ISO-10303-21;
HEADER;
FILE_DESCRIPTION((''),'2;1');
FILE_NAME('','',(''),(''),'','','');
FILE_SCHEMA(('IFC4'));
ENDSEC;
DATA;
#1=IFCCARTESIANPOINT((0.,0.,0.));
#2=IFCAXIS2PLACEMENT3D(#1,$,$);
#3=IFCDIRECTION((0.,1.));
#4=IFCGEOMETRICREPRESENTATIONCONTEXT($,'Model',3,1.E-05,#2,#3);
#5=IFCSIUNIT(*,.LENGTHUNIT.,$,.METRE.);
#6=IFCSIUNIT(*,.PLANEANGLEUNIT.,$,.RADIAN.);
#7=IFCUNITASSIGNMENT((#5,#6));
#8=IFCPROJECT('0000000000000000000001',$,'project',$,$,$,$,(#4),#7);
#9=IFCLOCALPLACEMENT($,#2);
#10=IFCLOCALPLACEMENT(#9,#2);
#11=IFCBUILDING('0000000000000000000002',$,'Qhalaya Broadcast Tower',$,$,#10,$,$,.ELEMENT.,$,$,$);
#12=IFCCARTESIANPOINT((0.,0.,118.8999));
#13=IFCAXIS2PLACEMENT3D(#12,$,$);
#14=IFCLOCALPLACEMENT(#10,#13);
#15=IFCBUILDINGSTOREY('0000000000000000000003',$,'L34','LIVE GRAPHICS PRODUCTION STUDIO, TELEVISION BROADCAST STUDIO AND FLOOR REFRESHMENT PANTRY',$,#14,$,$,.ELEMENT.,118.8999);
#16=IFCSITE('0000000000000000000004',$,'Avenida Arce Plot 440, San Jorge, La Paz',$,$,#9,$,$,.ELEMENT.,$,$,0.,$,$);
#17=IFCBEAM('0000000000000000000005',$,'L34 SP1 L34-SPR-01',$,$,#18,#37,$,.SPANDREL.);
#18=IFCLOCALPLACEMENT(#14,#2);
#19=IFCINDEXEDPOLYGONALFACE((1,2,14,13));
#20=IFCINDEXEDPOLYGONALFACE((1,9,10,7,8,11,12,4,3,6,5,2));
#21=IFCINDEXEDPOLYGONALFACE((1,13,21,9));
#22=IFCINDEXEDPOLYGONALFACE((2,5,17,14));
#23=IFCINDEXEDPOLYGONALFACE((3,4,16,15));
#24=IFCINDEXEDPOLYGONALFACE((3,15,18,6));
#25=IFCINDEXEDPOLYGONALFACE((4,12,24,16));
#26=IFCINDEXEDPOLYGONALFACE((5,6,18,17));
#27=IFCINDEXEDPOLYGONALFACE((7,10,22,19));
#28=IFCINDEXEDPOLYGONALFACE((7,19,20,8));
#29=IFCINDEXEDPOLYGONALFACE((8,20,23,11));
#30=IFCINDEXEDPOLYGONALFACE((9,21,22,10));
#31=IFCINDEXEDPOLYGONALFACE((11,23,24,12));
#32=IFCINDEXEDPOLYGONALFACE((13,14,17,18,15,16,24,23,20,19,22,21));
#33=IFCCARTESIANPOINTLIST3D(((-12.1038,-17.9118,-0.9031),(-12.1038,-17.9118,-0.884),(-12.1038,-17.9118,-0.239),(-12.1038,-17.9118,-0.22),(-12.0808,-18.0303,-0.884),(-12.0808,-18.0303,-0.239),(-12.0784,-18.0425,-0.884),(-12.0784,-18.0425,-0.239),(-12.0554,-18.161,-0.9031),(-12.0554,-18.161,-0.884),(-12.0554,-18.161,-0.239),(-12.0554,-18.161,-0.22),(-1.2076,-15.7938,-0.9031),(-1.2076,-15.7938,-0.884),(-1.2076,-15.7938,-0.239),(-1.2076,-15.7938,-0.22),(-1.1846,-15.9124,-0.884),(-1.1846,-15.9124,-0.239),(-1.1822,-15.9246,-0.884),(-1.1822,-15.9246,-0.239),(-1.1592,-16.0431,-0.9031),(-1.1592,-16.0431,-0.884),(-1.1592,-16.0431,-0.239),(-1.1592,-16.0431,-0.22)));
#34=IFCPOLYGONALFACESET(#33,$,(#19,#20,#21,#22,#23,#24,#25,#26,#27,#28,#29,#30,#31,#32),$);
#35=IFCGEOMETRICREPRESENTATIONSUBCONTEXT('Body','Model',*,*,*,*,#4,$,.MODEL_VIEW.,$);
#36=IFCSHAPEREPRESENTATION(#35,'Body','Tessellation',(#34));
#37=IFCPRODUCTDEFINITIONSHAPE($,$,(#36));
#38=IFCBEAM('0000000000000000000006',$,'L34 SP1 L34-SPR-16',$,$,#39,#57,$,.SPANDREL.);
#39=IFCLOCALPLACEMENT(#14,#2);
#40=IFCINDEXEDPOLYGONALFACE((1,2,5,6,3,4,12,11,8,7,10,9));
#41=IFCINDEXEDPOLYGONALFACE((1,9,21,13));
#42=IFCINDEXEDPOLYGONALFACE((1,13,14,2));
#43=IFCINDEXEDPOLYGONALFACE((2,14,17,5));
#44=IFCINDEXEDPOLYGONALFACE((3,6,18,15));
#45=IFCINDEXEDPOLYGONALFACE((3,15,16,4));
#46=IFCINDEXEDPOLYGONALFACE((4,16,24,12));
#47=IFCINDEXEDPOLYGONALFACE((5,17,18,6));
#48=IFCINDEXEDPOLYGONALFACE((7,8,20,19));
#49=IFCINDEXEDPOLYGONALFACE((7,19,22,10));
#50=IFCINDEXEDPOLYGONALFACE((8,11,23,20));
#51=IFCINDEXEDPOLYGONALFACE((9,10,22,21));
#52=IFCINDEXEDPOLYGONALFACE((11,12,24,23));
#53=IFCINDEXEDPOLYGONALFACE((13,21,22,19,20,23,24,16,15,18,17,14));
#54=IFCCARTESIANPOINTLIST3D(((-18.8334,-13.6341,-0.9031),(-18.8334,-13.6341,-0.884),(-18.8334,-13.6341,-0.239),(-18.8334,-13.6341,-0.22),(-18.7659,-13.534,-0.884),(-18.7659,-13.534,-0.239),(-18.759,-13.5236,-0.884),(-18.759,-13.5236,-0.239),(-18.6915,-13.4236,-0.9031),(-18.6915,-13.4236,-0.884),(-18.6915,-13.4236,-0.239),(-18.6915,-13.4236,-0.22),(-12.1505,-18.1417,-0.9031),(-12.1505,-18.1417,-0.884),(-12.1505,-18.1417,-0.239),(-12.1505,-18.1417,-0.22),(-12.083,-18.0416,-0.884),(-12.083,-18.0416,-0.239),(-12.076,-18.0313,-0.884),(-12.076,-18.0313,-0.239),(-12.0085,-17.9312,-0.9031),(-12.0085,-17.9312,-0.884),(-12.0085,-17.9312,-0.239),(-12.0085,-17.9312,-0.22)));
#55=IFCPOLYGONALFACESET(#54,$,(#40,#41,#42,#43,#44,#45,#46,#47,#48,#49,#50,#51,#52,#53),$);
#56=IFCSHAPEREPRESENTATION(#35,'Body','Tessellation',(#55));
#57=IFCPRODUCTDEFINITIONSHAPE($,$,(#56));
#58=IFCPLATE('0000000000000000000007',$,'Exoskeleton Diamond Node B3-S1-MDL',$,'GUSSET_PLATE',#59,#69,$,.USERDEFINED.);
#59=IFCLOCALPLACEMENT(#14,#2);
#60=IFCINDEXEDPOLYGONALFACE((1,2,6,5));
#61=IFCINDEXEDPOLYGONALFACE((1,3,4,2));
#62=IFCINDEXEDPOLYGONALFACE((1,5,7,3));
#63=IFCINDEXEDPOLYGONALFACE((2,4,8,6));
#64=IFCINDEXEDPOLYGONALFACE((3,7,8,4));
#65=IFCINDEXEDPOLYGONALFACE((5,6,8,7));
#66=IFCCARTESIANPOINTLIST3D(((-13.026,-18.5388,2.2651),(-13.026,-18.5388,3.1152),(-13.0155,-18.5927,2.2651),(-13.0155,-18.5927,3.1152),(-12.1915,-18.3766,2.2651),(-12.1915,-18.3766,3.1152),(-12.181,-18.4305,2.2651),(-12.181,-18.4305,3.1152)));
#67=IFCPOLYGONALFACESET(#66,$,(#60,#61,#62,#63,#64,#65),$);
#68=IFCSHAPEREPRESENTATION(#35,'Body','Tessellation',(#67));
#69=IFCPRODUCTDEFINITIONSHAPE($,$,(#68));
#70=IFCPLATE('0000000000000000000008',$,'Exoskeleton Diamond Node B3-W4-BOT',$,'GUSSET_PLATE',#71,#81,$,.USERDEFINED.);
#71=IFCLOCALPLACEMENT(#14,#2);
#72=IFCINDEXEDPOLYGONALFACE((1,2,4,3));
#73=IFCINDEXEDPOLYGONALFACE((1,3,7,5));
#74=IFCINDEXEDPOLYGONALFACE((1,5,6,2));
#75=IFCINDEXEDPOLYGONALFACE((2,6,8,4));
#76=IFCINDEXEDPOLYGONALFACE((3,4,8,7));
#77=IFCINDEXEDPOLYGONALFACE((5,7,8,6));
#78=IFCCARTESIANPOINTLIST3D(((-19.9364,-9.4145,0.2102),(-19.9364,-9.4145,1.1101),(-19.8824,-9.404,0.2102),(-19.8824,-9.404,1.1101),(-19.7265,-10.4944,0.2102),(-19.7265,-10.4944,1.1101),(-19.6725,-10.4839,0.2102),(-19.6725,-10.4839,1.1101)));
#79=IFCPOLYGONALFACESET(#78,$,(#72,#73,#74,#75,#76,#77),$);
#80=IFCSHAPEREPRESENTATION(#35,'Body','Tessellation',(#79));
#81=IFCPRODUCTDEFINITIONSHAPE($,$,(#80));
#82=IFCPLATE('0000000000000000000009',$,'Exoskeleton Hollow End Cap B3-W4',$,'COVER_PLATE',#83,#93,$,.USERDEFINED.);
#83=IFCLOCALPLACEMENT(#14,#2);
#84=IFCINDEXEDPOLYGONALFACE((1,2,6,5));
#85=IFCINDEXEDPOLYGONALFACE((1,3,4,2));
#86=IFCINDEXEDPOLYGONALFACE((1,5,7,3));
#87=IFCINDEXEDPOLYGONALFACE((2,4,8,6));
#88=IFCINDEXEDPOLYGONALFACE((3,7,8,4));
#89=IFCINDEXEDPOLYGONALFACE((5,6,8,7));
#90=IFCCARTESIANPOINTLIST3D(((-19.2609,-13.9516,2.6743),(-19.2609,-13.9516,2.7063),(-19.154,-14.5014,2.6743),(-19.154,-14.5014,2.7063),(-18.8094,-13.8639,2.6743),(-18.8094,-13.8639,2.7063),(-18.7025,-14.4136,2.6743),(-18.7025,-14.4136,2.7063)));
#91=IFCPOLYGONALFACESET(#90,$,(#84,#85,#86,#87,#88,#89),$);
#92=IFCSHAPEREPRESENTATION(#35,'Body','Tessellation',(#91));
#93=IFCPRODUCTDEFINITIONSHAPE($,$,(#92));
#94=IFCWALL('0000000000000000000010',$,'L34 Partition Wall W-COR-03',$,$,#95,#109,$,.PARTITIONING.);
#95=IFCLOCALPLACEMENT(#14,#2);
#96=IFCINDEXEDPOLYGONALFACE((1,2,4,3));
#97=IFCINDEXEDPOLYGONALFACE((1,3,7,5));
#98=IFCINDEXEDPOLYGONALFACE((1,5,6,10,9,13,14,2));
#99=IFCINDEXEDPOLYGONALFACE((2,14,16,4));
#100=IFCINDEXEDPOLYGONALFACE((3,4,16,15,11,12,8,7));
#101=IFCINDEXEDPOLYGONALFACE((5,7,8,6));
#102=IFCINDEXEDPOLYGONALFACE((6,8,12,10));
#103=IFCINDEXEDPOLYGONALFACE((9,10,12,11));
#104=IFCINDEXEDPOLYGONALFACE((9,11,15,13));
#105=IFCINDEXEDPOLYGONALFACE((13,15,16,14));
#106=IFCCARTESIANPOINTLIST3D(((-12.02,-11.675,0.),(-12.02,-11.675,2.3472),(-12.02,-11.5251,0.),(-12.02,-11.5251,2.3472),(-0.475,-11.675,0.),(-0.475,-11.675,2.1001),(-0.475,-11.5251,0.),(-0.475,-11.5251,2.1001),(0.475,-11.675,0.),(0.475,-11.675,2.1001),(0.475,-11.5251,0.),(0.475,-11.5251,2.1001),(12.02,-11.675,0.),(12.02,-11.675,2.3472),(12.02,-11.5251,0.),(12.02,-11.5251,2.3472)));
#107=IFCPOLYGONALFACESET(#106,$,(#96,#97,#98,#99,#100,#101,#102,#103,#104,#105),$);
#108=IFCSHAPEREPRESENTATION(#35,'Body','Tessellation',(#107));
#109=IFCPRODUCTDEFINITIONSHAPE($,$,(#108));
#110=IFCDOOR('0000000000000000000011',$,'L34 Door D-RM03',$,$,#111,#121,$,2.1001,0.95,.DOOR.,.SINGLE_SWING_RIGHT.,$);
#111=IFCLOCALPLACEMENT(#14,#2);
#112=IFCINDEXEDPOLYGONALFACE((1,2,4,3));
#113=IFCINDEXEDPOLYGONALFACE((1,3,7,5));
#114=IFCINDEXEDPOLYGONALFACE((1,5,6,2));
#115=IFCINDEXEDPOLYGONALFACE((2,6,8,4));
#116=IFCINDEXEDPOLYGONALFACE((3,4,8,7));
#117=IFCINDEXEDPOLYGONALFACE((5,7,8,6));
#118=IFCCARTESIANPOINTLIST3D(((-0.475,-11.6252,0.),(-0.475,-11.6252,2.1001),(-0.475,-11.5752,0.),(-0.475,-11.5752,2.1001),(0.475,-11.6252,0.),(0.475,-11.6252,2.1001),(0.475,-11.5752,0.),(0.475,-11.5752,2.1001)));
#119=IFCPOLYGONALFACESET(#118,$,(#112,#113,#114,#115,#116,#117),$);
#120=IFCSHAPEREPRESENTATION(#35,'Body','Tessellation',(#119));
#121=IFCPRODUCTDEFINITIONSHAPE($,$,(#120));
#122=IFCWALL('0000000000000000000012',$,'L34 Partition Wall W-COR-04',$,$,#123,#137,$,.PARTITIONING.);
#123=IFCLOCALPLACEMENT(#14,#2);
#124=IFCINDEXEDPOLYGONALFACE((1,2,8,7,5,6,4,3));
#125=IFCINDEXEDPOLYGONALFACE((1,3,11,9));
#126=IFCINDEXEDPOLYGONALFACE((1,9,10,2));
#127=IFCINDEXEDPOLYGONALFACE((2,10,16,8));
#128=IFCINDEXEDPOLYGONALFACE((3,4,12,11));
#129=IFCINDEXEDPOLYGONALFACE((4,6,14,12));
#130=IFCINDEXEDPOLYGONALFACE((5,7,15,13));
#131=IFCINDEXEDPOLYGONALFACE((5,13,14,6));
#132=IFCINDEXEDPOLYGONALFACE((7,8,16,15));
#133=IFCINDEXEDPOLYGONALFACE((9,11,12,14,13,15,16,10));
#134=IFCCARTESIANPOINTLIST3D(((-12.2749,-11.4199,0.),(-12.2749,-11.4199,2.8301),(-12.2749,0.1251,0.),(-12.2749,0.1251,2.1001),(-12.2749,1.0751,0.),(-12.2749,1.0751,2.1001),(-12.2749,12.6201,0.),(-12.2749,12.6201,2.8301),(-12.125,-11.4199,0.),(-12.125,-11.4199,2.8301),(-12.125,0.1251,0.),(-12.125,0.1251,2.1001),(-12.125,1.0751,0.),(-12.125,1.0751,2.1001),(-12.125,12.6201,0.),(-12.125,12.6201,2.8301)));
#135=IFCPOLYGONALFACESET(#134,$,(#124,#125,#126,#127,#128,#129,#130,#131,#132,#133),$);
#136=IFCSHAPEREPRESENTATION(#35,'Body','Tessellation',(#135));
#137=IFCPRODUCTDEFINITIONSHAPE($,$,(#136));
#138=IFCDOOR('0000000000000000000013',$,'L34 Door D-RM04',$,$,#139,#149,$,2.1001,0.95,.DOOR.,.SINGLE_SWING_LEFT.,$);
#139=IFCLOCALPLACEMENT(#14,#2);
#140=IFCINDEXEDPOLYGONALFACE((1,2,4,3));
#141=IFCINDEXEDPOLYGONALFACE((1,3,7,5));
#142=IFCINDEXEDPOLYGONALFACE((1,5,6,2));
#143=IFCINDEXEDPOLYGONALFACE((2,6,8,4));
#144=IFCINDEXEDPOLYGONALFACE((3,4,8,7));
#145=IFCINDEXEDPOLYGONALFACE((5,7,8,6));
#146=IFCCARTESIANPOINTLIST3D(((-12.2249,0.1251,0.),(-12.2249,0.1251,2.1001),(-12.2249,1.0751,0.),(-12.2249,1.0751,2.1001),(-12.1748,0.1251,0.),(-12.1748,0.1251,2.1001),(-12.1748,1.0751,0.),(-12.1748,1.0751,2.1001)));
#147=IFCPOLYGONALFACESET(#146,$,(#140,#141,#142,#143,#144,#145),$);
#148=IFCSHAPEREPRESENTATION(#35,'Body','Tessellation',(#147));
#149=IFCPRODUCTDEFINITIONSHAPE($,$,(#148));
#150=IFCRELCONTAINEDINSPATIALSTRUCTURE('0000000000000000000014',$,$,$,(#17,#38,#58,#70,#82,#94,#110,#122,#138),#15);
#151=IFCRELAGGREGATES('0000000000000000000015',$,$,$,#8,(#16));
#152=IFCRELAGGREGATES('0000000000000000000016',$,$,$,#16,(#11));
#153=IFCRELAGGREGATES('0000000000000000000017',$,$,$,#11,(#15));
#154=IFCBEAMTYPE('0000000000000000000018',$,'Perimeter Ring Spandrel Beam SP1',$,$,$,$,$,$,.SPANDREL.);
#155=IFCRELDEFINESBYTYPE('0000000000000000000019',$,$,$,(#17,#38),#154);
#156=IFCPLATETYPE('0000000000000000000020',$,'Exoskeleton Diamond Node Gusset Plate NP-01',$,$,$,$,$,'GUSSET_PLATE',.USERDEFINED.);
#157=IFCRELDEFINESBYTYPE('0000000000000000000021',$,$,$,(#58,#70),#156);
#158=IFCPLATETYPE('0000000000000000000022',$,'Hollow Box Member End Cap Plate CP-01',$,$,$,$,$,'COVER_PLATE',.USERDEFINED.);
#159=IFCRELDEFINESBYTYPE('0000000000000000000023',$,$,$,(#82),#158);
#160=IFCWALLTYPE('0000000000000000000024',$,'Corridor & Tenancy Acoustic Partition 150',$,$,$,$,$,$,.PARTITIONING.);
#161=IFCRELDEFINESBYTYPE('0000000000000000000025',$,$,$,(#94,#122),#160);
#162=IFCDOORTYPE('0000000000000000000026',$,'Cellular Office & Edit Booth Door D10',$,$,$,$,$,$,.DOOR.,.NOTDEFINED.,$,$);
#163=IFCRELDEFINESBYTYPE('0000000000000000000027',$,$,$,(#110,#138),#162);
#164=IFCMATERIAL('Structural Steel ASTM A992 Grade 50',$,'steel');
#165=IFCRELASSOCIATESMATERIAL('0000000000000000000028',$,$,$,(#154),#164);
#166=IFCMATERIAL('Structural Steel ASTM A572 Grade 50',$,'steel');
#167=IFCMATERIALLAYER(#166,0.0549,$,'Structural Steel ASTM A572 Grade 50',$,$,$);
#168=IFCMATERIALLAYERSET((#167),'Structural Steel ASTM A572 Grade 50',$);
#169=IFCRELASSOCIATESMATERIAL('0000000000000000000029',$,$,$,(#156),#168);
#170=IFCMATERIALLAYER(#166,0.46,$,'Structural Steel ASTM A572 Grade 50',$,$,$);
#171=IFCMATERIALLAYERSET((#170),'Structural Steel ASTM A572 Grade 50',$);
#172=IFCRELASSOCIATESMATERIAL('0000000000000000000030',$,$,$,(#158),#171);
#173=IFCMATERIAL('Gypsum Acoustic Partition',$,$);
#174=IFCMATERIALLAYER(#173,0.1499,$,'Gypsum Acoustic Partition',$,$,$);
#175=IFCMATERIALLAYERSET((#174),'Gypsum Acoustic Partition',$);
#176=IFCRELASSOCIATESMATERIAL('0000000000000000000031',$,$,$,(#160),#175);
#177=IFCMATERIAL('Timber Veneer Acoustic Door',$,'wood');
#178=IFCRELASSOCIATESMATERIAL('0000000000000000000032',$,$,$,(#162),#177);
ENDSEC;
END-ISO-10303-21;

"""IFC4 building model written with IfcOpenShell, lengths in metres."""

from ifc_helpers import new_model, si_unit, direction, frame, frame_2d, origin, origin_2d, place, context, subcontext, project, spatial, rectangle, i_section, extrude, material, layer, layer_set, material_profile, profile_set, type_object, element, fill, save


model = new_model("IFC4")

# Units and contexts
model_context = context("Model", 3, precision=1e-05, world=origin(), true_north=direction((0.0, 1.0)))
body_context = subcontext(model_context, "Body", "Model", "MODEL_VIEW")
ifc_project = project(units=[si_unit("LENGTHUNIT", "METRE"), si_unit("PLANEANGLEUNIT", "RADIAN")], contexts=[model_context])

# Site, building, storey
site_placement = place(None, origin())
site = spatial("IfcSite", under=ifc_project, at=site_placement, Name="Avenida Arce Plot 440, San Jorge, La Paz", CompositionType="ELEMENT", RefElevation=0.0)
building_placement = place(site_placement, origin())
building = spatial("IfcBuilding", under=site, at=building_placement, Name="Qhalaya Broadcast Tower", CompositionType="ELEMENT")
storey_placement = place(building_placement, frame((0.0, 0.0, 118.8999)))
storey = spatial("IfcBuildingStorey", under=building, at=storey_placement, Name="L34", Description="LIVE GRAPHICS PRODUCTION STUDIO, TELEVISION BROADCAST STUDIO AND FLOOR REFRESHMENT PANTRY", CompositionType="ELEMENT", Elevation=118.8999)

# Shared definitions
ifc_material_1 = material(Name="Structural Steel ASTM A572 Grade 50", Category="steel")

# Shared definitions
ifc_material_2 = material(Name="Structural Steel ASTM A992 Grade 50", Category="steel")

# Beams
ifc_material_profile_1 = material_profile(ifc_material_2, i_section(OverallWidth=0.2539, OverallDepth=0.6831, WebThickness=0.0125, FlangeThickness=0.019, at=origin_2d()), Name="W27X94")
ifc_profile_set_1 = profile_set([ifc_material_profile_1], Name="Structural Steel ASTM A992 Grade 50")
beam_type_1 = type_object("IfcBeamType", Name="Perimeter Ring Spandrel Beam SP1", PredefinedType="SPANDREL", material=ifc_profile_set_1)
beam_1_placement = place(storey_placement, frame((-12.0796, -18.0364, -0.5615), z_axis=(0.981629, 0.190801, 0.0), x_axis=(-0.190801, 0.981629, 0.0)))
element("IfcBeam", 1, at=beam_1_placement, inside=storey, type_object=beam_type_1, Name="L34 SP1 L34-SPR-01", PredefinedType="SPANDREL", context=body_context, shape_type="SweptSolid", body=[
    extrude(i_section(OverallWidth=0.2539, OverallDepth=0.6831, WebThickness=0.0125, FlangeThickness=0.019, at=origin_2d()), origin(), (0.0, 0.0, 1.0), 11.1001),
])
beam_2_placement = place(storey_placement, frame((-18.7625, -13.5288, -0.5615), z_axis=(0.829042, -0.559186, 0.0), x_axis=(0.559186, 0.829042, 0.0)))
element("IfcBeam", 2, at=beam_2_placement, inside=storey, type_object=beam_type_1, Name="L34 SP1 L34-SPR-16", PredefinedType="SPANDREL", context=body_context, shape_type="SweptSolid", body=[
    extrude(i_section(OverallWidth=0.2539, OverallDepth=0.6831, WebThickness=0.0125, FlangeThickness=0.019, at=origin_2d()), origin(), (0.0, 0.0, 1.0), 8.061),
])

# Plates
ifc_layer_1 = layer(ifc_material_1, 0.0549, Name="Structural Steel ASTM A572 Grade 50")
ifc_layer_set_1 = layer_set([ifc_layer_1], Name="Structural Steel ASTM A572 Grade 50")
plate_type_1 = type_object("IfcPlateType", Name="Exoskeleton Diamond Node Gusset Plate NP-01", ElementType="GUSSET_PLATE", PredefinedType="USERDEFINED", material=ifc_layer_set_1)
plate_1_placement = place(storey_placement, frame((-12.6035, -18.4846, 2.2651), z_axis=(0.0, 0.0, 1.0), x_axis=(0.981627, 0.190809, 0.0)))
element("IfcPlate", 3, at=plate_1_placement, inside=storey, type_object=plate_type_1, Name="Exoskeleton Diamond Node B3-S1-MDL", ObjectType="GUSSET_PLATE", PredefinedType="USERDEFINED", context=body_context, shape_type="SweptSolid", body=[
    extrude(rectangle(XDim=0.8501, YDim=0.0549, at=origin_2d()), origin(), (0.0, 0.0, 1.0), 0.8501),
])
plate_2_placement = place(storey_placement, frame((-19.8044, -9.9492, 0.2102), z_axis=(0.0, 0.0, 1.0), x_axis=(-0.190809, 0.981627, 0.0)))
element("IfcPlate", 4, at=plate_2_placement, inside=storey, type_object=plate_type_1, Name="Exoskeleton Diamond Node B3-W4-BOT", ObjectType="GUSSET_PLATE", PredefinedType="USERDEFINED", context=body_context, shape_type="SweptSolid", body=[
    extrude(rectangle(XDim=1.1001, YDim=0.0549, at=origin_2d()), origin(), (0.0, 0.0, 1.0), 0.8999),
])
ifc_layer_2 = layer(ifc_material_1, 0.46, Name="Structural Steel ASTM A572 Grade 50")
ifc_layer_set_2 = layer_set([ifc_layer_2], Name="Structural Steel ASTM A572 Grade 50")
plate_type_2 = type_object("IfcPlateType", Name="Hollow Box Member End Cap Plate CP-01", ElementType="COVER_PLATE", PredefinedType="USERDEFINED", material=ifc_layer_set_2)
plate_3_placement = place(storey_placement, frame((-18.9817, -14.1826, 2.6743), z_axis=(0.0, 0.0, 1.0), x_axis=(-0.190809, 0.981627, 0.0)))
element("IfcPlate", 5, at=plate_3_placement, inside=storey, type_object=plate_type_2, Name="Exoskeleton Hollow End Cap B3-W4", ObjectType="COVER_PLATE", PredefinedType="USERDEFINED", context=body_context, shape_type="SweptSolid", body=[
    extrude(rectangle(XDim=0.5601, YDim=0.46, at=origin_2d()), origin(), (0.0, 0.0, 1.0), 0.032),
])

# Walls, openings, doors
ifc_material_3 = material(Name="Gypsum Acoustic Partition")
ifc_layer_3 = layer(ifc_material_3, 0.1499, Name="Gypsum Acoustic Partition")
ifc_layer_set_3 = layer_set([ifc_layer_3], Name="Gypsum Acoustic Partition")
wall_type_1 = type_object("IfcWallType", Name="Corridor & Tenancy Acoustic Partition 150", PredefinedType="PARTITIONING", material=ifc_layer_set_3)
wall_1_placement = place(storey_placement, frame((-12.02, -11.6001, 0.0), z_axis=(0.0, 0.0, 1.0), x_axis=(1.0, 0.0, 0.0)))
wall_1 = element("IfcWall", 6, at=wall_1_placement, inside=storey, type_object=wall_type_1, Name="L34 Partition Wall W-COR-03", PredefinedType="PARTITIONING", context=body_context, shape_type="SweptSolid", body=[
    extrude(rectangle(XDim=24.04, YDim=0.1499, at=frame_2d((12.02, 0.0))), origin(), (0.0, 0.0, 1.0), 2.3472),
])
opening_1_placement = place(wall_1_placement, frame((11.5449, 0.0, 0.0)))
opening_1 = element("IfcOpeningElement", 7, at=opening_1_placement, cuts=wall_1, PredefinedType="OPENING", context=body_context, shape_type="SweptSolid", body=[
    extrude(rectangle(XDim=0.95, YDim=2.1001, at=frame_2d((0.4751, 1.05))), frame((0.0, 0.0869, 0.0), z_axis=(0.0, -1.0, 0.0), x_axis=(1.0, 0.0, 0.0)), (0.0, 0.0, 1.0), 0.1738),
])
ifc_material_4 = material(Name="Timber Veneer Acoustic Door", Category="wood")
door_type = type_object("IfcDoorType", Name="Cellular Office & Edit Booth Door D10", OperationType="NOTDEFINED", PredefinedType="DOOR", material=ifc_material_4)
door_1_placement = place(opening_1_placement, origin())
door_1 = element("IfcDoor", 8, at=door_1_placement, inside=storey, type_object=door_type, Name="L34 Door D-RM03", OperationType="SINGLE_SWING_RIGHT", OverallHeight=2.1001, OverallWidth=0.95, PredefinedType="DOOR", context=body_context, shape_type="SweptSolid", body=[
    extrude(rectangle(XDim=0.95, YDim=2.1001, at=frame_2d((0.4751, 1.05))), frame((0.0, 0.0249, 0.0), z_axis=(0.0, -1.0, 0.0), x_axis=(1.0, 0.0, 0.0)), (0.0, 0.0, 1.0), 0.05),
])
fill(opening_1, door_1)
wall_2_placement = place(storey_placement, frame((-12.2, -11.4199, 0.0), z_axis=(0.0, 0.0, 1.0), x_axis=(0.0, 1.0, 0.0)))
wall_2 = element("IfcWall", 9, at=wall_2_placement, inside=storey, type_object=wall_type_1, Name="L34 Partition Wall W-COR-04", PredefinedType="PARTITIONING", context=body_context, shape_type="SweptSolid", body=[
    extrude(rectangle(XDim=24.04, YDim=0.1499, at=frame_2d((12.02, 0.0))), origin(), (0.0, 0.0, 1.0), 2.8301),
])
opening_2_placement = place(wall_2_placement, frame((11.5449, 0.0, 0.0)))
opening_2 = element("IfcOpeningElement", 10, at=opening_2_placement, cuts=wall_2, PredefinedType="OPENING", context=body_context, shape_type="SweptSolid", body=[
    extrude(rectangle(XDim=0.95, YDim=2.1001, at=frame_2d((0.4751, 1.05))), frame((0.0, 0.0869, 0.0), z_axis=(0.0, -1.0, 0.0), x_axis=(1.0, 0.0, 0.0)), (0.0, 0.0, 1.0), 0.1738),
])
door_2_placement = place(opening_2_placement, origin())
door_2 = element("IfcDoor", 11, at=door_2_placement, inside=storey, type_object=door_type, Name="L34 Door D-RM04", OperationType="SINGLE_SWING_LEFT", OverallHeight=2.1001, OverallWidth=0.95, PredefinedType="DOOR", context=body_context, shape_type="SweptSolid", body=[
    extrude(rectangle(XDim=0.95, YDim=2.1001, at=frame_2d((0.4751, 1.05))), frame((0.0, 0.0249, 0.0), z_axis=(0.0, -1.0, 0.0), x_axis=(1.0, 0.0, 0.0)), (0.0, 0.0, 1.0), 0.05),
])
fill(opening_2, door_2)

save(model, "model.ifc")
